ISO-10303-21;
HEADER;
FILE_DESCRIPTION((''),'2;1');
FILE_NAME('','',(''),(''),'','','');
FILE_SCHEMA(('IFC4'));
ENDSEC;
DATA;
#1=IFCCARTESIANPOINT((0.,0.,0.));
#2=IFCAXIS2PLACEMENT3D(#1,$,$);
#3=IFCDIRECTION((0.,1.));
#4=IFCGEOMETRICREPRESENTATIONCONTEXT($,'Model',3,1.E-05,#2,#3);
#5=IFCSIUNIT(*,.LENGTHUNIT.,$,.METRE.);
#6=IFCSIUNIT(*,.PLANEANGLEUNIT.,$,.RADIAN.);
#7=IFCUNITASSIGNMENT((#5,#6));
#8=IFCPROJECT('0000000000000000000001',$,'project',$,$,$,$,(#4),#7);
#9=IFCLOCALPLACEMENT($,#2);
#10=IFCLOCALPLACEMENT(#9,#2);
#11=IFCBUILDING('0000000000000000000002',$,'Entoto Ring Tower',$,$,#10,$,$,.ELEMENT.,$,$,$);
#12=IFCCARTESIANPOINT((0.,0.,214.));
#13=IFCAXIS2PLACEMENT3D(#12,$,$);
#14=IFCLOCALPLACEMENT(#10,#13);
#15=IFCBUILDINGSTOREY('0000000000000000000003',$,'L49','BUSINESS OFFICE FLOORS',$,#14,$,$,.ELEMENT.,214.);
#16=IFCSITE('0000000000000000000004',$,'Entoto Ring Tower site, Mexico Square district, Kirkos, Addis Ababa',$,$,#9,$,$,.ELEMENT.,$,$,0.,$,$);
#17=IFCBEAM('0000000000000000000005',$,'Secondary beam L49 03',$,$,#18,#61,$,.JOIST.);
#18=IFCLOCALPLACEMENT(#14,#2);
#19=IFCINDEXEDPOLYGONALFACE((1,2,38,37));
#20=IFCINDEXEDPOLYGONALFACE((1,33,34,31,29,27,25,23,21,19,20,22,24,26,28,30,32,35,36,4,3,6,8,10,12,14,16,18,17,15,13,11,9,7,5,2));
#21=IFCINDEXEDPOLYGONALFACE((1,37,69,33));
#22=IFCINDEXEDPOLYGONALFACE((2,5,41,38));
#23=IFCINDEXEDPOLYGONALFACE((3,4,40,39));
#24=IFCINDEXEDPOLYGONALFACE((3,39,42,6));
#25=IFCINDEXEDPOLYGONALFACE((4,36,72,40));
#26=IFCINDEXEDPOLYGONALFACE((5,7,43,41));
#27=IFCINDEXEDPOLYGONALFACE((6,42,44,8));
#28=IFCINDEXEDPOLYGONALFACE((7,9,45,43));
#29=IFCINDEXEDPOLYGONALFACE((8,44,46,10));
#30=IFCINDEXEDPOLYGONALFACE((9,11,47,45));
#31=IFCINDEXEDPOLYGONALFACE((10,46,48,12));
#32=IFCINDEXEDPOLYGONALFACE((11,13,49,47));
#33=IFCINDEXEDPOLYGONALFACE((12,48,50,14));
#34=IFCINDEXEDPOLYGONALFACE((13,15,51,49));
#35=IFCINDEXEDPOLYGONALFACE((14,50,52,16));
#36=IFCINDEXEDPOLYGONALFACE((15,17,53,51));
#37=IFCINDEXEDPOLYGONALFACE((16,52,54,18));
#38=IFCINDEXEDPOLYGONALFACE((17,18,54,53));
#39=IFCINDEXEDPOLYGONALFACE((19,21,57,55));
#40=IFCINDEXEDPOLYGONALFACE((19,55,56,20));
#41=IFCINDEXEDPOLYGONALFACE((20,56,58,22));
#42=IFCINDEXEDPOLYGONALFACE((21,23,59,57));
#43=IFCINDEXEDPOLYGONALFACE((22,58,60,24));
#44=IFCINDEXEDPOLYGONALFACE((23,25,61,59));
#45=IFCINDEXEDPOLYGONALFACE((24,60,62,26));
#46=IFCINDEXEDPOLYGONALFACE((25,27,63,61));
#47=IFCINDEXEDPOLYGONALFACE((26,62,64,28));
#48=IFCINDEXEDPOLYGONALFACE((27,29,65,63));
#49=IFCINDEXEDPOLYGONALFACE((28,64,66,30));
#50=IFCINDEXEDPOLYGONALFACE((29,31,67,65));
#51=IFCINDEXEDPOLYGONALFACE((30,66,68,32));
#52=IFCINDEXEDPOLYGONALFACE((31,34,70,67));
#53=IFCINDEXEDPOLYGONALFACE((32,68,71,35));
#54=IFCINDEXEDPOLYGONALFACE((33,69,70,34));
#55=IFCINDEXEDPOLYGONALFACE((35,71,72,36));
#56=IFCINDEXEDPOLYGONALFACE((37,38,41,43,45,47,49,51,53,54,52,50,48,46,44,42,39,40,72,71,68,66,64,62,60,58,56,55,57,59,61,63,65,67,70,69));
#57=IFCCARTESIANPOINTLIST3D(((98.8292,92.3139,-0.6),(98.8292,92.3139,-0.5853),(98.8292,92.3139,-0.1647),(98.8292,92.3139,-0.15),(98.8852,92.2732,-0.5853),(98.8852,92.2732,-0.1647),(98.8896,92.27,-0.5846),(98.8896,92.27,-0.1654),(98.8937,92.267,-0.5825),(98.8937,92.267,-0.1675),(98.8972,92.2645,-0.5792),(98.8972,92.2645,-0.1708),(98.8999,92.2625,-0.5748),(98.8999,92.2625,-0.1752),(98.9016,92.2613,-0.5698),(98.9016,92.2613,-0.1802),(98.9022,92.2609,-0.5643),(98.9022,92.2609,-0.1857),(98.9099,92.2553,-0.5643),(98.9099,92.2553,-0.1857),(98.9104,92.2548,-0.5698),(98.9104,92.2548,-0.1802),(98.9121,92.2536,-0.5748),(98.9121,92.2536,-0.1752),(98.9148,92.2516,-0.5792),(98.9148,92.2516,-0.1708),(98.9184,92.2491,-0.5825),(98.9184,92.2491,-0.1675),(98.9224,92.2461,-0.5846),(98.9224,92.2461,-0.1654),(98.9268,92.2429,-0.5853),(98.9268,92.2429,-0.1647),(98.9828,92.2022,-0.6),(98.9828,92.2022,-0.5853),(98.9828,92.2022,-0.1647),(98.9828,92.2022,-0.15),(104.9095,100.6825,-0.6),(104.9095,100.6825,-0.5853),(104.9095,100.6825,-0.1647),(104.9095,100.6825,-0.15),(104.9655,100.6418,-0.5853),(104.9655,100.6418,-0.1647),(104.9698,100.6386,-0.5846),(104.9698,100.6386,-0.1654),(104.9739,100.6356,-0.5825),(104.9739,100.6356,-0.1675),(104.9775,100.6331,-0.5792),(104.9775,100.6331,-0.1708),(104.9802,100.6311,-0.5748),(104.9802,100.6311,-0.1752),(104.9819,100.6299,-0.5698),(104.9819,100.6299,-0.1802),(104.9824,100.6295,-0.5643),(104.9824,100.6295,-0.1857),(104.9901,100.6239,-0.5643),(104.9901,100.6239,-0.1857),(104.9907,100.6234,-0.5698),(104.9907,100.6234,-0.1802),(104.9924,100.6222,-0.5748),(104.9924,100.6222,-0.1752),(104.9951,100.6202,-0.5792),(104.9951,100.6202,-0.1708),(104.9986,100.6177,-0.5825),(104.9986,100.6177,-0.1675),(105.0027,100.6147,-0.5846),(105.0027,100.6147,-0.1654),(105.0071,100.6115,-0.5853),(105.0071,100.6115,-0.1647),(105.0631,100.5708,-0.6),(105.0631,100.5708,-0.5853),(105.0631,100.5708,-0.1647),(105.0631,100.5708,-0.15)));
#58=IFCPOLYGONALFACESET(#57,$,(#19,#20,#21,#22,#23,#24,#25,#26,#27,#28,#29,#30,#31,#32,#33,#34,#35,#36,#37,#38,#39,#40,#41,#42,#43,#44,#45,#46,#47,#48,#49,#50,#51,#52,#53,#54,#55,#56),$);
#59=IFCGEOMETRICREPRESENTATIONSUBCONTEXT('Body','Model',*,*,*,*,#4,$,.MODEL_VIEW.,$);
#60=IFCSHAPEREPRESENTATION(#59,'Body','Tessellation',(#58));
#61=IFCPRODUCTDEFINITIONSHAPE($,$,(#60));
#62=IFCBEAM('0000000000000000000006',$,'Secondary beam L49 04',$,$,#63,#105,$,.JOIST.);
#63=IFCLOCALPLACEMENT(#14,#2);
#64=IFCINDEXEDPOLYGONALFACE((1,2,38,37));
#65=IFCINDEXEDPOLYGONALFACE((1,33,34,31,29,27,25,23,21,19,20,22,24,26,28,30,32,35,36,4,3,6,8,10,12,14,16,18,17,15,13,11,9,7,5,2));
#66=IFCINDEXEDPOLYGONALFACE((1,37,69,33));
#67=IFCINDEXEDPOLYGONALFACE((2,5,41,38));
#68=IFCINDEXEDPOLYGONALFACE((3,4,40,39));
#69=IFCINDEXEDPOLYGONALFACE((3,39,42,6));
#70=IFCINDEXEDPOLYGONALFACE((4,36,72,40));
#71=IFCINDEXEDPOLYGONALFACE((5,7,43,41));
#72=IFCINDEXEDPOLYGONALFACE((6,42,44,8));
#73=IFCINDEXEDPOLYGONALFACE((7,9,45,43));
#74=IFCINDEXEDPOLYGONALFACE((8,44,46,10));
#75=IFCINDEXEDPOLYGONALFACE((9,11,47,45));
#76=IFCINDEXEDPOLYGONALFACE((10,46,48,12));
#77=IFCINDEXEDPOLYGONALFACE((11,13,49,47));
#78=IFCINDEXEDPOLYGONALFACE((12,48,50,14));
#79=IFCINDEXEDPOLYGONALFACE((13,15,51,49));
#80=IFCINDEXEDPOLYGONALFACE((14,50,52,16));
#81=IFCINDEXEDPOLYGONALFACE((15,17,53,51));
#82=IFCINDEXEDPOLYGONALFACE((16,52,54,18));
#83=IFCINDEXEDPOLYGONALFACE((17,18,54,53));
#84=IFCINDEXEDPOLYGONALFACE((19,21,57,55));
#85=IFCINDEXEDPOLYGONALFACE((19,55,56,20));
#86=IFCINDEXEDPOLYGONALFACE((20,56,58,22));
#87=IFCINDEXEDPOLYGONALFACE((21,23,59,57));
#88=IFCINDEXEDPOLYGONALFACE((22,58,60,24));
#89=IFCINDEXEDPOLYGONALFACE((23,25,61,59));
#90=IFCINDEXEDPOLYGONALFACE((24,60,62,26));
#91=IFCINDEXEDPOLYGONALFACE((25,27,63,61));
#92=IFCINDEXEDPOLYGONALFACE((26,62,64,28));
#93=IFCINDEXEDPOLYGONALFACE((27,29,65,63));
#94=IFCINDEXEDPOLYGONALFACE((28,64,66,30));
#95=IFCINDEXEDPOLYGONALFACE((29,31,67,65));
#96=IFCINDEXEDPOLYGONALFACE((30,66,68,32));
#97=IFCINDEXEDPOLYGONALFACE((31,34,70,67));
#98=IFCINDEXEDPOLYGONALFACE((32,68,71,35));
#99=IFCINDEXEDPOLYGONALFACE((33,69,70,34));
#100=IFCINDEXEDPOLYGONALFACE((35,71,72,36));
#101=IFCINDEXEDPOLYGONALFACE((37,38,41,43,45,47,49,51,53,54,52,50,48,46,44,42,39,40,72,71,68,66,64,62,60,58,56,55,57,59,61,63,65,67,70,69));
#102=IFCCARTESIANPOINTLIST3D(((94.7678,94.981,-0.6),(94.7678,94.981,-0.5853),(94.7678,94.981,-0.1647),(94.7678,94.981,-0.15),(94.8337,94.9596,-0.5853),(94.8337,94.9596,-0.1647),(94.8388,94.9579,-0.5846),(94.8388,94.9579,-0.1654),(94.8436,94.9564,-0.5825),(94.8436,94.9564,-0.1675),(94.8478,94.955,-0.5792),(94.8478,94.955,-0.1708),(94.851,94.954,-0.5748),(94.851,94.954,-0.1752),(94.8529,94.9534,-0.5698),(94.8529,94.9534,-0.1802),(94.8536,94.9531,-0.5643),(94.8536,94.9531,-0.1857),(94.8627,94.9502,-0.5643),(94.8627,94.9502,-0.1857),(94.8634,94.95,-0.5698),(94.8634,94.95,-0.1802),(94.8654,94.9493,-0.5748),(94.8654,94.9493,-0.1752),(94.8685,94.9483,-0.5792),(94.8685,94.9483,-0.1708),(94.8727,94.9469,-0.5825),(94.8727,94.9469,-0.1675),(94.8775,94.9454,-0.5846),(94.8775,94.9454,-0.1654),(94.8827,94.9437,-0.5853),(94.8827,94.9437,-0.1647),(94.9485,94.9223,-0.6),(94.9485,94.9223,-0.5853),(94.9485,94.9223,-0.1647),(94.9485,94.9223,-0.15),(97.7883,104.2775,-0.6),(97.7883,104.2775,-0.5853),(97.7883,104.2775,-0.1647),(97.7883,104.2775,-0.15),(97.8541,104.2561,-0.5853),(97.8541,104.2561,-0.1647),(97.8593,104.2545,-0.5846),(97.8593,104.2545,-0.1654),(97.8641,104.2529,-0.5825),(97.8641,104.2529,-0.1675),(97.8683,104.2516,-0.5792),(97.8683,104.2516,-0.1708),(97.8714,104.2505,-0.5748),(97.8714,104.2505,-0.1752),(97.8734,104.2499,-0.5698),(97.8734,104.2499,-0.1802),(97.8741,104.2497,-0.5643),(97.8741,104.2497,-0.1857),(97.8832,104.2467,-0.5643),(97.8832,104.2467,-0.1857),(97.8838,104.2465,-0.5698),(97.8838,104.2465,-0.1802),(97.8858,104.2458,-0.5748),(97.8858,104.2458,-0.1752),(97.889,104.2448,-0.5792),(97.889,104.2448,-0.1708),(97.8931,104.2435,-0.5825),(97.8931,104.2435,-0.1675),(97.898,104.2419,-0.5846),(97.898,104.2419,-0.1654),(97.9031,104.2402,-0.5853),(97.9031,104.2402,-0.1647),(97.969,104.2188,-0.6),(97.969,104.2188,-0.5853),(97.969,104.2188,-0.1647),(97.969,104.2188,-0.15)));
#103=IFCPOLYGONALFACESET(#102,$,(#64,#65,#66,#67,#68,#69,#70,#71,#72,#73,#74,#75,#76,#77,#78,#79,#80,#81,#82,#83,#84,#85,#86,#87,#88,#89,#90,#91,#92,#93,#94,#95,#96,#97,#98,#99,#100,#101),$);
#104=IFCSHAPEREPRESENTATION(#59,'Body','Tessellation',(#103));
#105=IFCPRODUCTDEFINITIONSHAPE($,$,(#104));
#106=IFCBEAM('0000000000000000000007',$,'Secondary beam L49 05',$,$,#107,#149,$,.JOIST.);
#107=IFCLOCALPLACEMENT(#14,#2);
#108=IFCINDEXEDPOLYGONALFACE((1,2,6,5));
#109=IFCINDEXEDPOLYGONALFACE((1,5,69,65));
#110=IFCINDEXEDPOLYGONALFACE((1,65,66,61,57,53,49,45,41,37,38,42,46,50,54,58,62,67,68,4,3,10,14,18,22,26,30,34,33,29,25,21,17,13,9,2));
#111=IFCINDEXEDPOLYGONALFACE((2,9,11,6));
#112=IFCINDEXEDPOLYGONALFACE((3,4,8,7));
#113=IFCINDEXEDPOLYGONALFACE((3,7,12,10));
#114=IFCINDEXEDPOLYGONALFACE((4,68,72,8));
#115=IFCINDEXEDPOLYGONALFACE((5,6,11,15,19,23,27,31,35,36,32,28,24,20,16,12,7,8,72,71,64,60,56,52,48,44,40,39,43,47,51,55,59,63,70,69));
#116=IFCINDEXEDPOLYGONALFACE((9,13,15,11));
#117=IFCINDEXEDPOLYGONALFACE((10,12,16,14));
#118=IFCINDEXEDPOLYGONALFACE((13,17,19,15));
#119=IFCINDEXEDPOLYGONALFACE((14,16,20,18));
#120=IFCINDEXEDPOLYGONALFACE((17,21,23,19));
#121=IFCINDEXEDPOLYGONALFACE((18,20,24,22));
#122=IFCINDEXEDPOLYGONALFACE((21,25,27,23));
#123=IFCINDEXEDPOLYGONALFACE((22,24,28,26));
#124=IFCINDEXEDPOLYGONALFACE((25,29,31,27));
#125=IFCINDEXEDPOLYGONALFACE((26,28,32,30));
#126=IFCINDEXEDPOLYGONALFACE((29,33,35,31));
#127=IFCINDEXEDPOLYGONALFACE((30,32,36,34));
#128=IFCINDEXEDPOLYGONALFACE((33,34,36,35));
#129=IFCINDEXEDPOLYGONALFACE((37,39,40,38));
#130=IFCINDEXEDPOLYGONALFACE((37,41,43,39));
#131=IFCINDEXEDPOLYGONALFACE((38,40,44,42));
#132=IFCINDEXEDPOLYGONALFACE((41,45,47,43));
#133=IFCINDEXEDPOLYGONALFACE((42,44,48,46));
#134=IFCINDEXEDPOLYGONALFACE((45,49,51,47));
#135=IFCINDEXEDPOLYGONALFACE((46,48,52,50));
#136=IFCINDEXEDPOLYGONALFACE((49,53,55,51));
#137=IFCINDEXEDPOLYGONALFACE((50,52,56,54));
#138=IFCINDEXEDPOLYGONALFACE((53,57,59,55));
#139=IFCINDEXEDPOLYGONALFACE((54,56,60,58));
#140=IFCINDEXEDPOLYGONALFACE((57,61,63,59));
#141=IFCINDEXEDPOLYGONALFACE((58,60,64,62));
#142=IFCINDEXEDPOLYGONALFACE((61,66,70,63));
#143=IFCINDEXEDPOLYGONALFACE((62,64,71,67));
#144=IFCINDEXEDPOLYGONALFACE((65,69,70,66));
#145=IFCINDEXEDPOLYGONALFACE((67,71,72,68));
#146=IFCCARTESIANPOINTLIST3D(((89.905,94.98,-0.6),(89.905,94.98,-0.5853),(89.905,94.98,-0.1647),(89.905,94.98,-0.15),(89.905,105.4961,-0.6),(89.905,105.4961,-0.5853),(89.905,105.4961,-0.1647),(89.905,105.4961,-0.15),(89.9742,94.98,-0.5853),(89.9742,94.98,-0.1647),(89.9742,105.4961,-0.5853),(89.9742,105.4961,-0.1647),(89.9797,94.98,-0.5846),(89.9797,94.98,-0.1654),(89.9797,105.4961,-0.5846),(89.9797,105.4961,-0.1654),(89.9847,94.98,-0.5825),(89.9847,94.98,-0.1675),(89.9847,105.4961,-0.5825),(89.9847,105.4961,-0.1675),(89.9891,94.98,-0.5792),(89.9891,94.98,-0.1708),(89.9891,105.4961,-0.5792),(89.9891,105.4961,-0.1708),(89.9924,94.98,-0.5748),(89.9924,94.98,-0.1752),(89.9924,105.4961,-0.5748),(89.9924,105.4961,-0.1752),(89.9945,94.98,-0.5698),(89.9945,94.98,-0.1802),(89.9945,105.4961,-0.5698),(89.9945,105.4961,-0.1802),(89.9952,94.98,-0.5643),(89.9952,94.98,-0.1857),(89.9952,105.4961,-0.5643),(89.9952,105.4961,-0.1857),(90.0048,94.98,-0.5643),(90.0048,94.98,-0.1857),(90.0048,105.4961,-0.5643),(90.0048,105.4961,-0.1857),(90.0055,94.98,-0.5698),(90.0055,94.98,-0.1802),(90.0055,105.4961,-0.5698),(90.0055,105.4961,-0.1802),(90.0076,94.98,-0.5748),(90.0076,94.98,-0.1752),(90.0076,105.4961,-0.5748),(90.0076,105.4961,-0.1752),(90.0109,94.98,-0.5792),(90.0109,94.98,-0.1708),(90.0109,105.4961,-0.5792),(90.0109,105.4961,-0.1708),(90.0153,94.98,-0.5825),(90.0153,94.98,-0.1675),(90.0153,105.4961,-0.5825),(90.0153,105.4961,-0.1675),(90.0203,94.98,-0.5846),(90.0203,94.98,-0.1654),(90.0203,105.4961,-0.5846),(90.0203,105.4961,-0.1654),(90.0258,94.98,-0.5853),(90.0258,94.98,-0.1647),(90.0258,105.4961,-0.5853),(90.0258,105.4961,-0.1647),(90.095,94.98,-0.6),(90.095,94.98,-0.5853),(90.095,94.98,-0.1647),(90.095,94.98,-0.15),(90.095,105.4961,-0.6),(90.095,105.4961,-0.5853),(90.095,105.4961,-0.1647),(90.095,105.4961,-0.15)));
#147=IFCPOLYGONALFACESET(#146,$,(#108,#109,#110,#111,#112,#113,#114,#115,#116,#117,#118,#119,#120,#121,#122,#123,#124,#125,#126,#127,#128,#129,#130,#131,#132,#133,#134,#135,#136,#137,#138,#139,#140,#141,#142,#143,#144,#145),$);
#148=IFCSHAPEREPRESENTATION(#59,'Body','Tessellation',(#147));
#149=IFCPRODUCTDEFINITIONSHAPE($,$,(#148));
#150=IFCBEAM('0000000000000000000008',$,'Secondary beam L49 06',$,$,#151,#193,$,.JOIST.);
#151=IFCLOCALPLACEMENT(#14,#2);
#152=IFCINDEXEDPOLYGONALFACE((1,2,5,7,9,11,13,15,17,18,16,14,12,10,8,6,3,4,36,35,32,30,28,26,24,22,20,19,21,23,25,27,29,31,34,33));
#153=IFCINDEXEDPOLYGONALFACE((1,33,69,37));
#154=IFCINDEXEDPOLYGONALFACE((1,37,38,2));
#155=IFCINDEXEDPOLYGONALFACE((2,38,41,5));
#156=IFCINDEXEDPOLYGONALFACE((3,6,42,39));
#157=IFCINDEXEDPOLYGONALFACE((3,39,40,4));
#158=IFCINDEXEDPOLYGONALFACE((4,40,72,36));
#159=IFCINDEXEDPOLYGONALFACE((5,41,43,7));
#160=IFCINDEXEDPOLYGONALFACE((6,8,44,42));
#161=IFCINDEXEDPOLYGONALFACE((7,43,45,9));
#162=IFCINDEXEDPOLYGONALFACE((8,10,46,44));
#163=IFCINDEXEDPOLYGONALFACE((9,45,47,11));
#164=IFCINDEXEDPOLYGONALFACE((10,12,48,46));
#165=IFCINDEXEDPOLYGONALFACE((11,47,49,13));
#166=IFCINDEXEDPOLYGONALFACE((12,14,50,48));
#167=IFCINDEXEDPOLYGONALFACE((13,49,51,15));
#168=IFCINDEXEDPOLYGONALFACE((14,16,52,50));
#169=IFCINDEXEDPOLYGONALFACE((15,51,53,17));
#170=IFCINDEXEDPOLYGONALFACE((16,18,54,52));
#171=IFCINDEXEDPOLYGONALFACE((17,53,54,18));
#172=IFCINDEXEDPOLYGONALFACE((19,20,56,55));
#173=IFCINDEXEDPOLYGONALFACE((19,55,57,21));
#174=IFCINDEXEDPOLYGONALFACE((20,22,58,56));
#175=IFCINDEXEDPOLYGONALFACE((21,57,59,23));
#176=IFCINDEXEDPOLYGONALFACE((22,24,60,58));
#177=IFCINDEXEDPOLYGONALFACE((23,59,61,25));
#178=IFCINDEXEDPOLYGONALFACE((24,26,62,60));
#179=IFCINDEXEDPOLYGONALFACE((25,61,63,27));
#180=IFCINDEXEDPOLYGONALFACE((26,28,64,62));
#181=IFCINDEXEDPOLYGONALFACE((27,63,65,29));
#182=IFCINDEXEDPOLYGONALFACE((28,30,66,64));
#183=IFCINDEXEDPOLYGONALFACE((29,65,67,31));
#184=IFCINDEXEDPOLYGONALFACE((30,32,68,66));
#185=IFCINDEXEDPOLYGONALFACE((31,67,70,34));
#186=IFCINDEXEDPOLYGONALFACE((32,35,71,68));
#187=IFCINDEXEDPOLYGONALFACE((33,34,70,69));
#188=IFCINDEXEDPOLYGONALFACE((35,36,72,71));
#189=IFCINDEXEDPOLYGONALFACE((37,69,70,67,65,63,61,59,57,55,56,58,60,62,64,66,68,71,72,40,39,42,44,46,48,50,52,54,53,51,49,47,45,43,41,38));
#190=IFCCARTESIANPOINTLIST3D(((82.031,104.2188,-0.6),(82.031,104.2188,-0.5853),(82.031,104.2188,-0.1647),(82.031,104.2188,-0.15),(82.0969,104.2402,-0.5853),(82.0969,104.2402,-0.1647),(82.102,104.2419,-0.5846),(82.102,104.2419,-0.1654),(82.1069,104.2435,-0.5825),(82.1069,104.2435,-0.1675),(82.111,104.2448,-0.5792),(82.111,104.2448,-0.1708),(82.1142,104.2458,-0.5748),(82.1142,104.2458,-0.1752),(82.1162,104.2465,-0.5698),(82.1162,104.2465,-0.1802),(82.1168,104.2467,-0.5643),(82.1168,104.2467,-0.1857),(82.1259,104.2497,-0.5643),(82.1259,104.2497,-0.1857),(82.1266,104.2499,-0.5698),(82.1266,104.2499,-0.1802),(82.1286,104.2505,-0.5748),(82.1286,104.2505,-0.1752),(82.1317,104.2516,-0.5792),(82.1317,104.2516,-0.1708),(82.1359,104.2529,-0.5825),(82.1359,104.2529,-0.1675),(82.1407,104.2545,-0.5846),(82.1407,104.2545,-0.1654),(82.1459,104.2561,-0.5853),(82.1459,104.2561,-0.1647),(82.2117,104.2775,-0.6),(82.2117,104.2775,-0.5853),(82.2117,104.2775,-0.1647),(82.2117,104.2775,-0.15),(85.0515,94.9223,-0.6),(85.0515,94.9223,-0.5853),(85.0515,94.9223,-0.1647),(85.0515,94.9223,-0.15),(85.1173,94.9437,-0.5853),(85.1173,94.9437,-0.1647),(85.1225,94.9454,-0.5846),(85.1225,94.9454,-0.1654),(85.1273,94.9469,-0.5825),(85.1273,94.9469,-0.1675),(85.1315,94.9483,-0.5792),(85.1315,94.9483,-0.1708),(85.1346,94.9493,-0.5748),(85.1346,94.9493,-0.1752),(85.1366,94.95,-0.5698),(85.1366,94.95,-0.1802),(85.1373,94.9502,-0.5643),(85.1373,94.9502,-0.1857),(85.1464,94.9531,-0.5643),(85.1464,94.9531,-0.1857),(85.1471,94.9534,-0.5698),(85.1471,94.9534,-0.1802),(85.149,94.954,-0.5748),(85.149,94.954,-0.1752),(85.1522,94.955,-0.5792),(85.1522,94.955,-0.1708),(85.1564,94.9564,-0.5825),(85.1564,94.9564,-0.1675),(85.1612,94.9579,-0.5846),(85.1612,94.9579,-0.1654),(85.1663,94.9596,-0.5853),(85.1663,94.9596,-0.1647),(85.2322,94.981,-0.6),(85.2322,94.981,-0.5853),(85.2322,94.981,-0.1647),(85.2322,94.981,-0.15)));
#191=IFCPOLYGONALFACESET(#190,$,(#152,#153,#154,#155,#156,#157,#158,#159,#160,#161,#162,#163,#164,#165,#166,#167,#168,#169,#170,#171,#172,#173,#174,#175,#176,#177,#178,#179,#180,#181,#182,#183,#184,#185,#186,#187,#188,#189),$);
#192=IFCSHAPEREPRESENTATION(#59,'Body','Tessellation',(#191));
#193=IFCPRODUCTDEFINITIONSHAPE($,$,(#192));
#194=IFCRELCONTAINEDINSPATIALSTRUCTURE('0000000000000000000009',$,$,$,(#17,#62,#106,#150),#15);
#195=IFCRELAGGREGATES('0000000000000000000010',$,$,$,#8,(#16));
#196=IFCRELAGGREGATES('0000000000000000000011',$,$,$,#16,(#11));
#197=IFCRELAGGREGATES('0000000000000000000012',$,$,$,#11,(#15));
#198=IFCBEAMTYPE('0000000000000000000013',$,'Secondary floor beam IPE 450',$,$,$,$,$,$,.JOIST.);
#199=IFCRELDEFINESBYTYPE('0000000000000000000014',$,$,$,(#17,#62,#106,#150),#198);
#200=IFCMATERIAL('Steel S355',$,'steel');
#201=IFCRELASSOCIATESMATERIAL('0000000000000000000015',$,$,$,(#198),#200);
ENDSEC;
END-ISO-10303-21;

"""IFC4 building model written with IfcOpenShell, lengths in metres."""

from ifc_helpers import new_model, si_unit, direction, frame, origin, origin_2d, place, context, subcontext, project, spatial, i_section, extrude, material, material_profile, profile_set, type_object, element, save


model = new_model("IFC4")

# Units and contexts
model_context = context("Model", 3, precision=1e-05, world=origin(), true_north=direction((0.0, 1.0)))
body_context = subcontext(model_context, "Body", "Model", "MODEL_VIEW")
ifc_project = project(units=[si_unit("LENGTHUNIT", "METRE"), si_unit("PLANEANGLEUNIT", "RADIAN")], contexts=[model_context])

# Site, building, storey
site_placement = place(None, origin())
site = spatial("IfcSite", under=ifc_project, at=site_placement, Name="Entoto Ring Tower site, Mexico Square district, Kirkos, Addis Ababa", CompositionType="ELEMENT", RefElevation=0.0)
building_placement = place(site_placement, origin())
building = spatial("IfcBuilding", under=site, at=building_placement, Name="Entoto Ring Tower", CompositionType="ELEMENT")
storey_placement = place(building_placement, frame((0.0, 0.0, 214.0)))
storey = spatial("IfcBuildingStorey", under=building, at=storey_placement, Name="L49", Description="BUSINESS OFFICE FLOORS", CompositionType="ELEMENT", Elevation=214.0)

# Beams
ifc_material_1 = material(Name="Steel S355", Category="steel")
ifc_material_profile_1 = material_profile(ifc_material_1, i_section(OverallWidth=0.1899, OverallDepth=0.45, WebThickness=0.0095, FlangeThickness=0.0146, FilletRadius=0.021, at=origin_2d()), Name="IPE 450")
ifc_profile_set_1 = profile_set([ifc_material_profile_1], Name="Steel S355")
beam_type_1 = type_object("IfcBeamType", Name="Secondary floor beam IPE 450", PredefinedType="JOIST", material=ifc_profile_set_1)
beam_1_placement = place(storey_placement, frame((98.906, 92.2581, -0.375), z_axis=(0.587794, 0.809011, 0.0), x_axis=(-0.809011, 0.587794, 0.0)))
element("IfcBeam", 1, at=beam_1_placement, inside=storey, type_object=beam_type_1, Name="Secondary beam L49 03", PredefinedType="JOIST", context=body_context, shape_type="SweptSolid", body=[
    extrude(i_section(OverallWidth=0.1899, OverallDepth=0.45, WebThickness=0.0095, FlangeThickness=0.0146, FilletRadius=0.021, at=origin_2d()), origin(), (0.0, 0.0, 1.0), 10.3442),
])
beam_2_placement = place(storey_placement, frame((94.8582, 94.9517, -0.375), z_axis=(0.309003, 0.951061, 0.0), x_axis=(-0.951061, 0.309003, 0.0)))
element("IfcBeam", 2, at=beam_2_placement, inside=storey, type_object=beam_type_1, Name="Secondary beam L49 04", PredefinedType="JOIST", context=body_context, shape_type="SweptSolid", body=[
    extrude(i_section(OverallWidth=0.1899, OverallDepth=0.45, WebThickness=0.0095, FlangeThickness=0.0146, FilletRadius=0.021, at=origin_2d()), origin(), (0.0, 0.0, 1.0), 9.7749),
])
beam_3_placement = place(storey_placement, frame((90.0, 94.98, -0.375), z_axis=(0.0, 1.0, 0.0), x_axis=(-1.0, 0.0, 0.0)))
element("IfcBeam", 3, at=beam_3_placement, inside=storey, type_object=beam_type_1, Name="Secondary beam L49 05", PredefinedType="JOIST", context=body_context, shape_type="SweptSolid", body=[
    extrude(i_section(OverallWidth=0.1899, OverallDepth=0.45, WebThickness=0.0095, FlangeThickness=0.0146, FilletRadius=0.021, at=origin_2d()), origin(), (0.0, 0.0, 1.0), 10.5161),
])
beam_4_placement = place(storey_placement, frame((85.1418, 94.9517, -0.375), z_axis=(-0.309003, 0.951061, 0.0), x_axis=(-0.951061, -0.309003, 0.0)))
element("IfcBeam", 4, at=beam_4_placement, inside=storey, type_object=beam_type_1, Name="Secondary beam L49 06", PredefinedType="JOIST", context=body_context, shape_type="SweptSolid", body=[
    extrude(i_section(OverallWidth=0.1899, OverallDepth=0.45, WebThickness=0.0095, FlangeThickness=0.0146, FilletRadius=0.021, at=origin_2d()), origin(), (0.0, 0.0, 1.0), 9.7749),
])

save(model, "model.ifc")
